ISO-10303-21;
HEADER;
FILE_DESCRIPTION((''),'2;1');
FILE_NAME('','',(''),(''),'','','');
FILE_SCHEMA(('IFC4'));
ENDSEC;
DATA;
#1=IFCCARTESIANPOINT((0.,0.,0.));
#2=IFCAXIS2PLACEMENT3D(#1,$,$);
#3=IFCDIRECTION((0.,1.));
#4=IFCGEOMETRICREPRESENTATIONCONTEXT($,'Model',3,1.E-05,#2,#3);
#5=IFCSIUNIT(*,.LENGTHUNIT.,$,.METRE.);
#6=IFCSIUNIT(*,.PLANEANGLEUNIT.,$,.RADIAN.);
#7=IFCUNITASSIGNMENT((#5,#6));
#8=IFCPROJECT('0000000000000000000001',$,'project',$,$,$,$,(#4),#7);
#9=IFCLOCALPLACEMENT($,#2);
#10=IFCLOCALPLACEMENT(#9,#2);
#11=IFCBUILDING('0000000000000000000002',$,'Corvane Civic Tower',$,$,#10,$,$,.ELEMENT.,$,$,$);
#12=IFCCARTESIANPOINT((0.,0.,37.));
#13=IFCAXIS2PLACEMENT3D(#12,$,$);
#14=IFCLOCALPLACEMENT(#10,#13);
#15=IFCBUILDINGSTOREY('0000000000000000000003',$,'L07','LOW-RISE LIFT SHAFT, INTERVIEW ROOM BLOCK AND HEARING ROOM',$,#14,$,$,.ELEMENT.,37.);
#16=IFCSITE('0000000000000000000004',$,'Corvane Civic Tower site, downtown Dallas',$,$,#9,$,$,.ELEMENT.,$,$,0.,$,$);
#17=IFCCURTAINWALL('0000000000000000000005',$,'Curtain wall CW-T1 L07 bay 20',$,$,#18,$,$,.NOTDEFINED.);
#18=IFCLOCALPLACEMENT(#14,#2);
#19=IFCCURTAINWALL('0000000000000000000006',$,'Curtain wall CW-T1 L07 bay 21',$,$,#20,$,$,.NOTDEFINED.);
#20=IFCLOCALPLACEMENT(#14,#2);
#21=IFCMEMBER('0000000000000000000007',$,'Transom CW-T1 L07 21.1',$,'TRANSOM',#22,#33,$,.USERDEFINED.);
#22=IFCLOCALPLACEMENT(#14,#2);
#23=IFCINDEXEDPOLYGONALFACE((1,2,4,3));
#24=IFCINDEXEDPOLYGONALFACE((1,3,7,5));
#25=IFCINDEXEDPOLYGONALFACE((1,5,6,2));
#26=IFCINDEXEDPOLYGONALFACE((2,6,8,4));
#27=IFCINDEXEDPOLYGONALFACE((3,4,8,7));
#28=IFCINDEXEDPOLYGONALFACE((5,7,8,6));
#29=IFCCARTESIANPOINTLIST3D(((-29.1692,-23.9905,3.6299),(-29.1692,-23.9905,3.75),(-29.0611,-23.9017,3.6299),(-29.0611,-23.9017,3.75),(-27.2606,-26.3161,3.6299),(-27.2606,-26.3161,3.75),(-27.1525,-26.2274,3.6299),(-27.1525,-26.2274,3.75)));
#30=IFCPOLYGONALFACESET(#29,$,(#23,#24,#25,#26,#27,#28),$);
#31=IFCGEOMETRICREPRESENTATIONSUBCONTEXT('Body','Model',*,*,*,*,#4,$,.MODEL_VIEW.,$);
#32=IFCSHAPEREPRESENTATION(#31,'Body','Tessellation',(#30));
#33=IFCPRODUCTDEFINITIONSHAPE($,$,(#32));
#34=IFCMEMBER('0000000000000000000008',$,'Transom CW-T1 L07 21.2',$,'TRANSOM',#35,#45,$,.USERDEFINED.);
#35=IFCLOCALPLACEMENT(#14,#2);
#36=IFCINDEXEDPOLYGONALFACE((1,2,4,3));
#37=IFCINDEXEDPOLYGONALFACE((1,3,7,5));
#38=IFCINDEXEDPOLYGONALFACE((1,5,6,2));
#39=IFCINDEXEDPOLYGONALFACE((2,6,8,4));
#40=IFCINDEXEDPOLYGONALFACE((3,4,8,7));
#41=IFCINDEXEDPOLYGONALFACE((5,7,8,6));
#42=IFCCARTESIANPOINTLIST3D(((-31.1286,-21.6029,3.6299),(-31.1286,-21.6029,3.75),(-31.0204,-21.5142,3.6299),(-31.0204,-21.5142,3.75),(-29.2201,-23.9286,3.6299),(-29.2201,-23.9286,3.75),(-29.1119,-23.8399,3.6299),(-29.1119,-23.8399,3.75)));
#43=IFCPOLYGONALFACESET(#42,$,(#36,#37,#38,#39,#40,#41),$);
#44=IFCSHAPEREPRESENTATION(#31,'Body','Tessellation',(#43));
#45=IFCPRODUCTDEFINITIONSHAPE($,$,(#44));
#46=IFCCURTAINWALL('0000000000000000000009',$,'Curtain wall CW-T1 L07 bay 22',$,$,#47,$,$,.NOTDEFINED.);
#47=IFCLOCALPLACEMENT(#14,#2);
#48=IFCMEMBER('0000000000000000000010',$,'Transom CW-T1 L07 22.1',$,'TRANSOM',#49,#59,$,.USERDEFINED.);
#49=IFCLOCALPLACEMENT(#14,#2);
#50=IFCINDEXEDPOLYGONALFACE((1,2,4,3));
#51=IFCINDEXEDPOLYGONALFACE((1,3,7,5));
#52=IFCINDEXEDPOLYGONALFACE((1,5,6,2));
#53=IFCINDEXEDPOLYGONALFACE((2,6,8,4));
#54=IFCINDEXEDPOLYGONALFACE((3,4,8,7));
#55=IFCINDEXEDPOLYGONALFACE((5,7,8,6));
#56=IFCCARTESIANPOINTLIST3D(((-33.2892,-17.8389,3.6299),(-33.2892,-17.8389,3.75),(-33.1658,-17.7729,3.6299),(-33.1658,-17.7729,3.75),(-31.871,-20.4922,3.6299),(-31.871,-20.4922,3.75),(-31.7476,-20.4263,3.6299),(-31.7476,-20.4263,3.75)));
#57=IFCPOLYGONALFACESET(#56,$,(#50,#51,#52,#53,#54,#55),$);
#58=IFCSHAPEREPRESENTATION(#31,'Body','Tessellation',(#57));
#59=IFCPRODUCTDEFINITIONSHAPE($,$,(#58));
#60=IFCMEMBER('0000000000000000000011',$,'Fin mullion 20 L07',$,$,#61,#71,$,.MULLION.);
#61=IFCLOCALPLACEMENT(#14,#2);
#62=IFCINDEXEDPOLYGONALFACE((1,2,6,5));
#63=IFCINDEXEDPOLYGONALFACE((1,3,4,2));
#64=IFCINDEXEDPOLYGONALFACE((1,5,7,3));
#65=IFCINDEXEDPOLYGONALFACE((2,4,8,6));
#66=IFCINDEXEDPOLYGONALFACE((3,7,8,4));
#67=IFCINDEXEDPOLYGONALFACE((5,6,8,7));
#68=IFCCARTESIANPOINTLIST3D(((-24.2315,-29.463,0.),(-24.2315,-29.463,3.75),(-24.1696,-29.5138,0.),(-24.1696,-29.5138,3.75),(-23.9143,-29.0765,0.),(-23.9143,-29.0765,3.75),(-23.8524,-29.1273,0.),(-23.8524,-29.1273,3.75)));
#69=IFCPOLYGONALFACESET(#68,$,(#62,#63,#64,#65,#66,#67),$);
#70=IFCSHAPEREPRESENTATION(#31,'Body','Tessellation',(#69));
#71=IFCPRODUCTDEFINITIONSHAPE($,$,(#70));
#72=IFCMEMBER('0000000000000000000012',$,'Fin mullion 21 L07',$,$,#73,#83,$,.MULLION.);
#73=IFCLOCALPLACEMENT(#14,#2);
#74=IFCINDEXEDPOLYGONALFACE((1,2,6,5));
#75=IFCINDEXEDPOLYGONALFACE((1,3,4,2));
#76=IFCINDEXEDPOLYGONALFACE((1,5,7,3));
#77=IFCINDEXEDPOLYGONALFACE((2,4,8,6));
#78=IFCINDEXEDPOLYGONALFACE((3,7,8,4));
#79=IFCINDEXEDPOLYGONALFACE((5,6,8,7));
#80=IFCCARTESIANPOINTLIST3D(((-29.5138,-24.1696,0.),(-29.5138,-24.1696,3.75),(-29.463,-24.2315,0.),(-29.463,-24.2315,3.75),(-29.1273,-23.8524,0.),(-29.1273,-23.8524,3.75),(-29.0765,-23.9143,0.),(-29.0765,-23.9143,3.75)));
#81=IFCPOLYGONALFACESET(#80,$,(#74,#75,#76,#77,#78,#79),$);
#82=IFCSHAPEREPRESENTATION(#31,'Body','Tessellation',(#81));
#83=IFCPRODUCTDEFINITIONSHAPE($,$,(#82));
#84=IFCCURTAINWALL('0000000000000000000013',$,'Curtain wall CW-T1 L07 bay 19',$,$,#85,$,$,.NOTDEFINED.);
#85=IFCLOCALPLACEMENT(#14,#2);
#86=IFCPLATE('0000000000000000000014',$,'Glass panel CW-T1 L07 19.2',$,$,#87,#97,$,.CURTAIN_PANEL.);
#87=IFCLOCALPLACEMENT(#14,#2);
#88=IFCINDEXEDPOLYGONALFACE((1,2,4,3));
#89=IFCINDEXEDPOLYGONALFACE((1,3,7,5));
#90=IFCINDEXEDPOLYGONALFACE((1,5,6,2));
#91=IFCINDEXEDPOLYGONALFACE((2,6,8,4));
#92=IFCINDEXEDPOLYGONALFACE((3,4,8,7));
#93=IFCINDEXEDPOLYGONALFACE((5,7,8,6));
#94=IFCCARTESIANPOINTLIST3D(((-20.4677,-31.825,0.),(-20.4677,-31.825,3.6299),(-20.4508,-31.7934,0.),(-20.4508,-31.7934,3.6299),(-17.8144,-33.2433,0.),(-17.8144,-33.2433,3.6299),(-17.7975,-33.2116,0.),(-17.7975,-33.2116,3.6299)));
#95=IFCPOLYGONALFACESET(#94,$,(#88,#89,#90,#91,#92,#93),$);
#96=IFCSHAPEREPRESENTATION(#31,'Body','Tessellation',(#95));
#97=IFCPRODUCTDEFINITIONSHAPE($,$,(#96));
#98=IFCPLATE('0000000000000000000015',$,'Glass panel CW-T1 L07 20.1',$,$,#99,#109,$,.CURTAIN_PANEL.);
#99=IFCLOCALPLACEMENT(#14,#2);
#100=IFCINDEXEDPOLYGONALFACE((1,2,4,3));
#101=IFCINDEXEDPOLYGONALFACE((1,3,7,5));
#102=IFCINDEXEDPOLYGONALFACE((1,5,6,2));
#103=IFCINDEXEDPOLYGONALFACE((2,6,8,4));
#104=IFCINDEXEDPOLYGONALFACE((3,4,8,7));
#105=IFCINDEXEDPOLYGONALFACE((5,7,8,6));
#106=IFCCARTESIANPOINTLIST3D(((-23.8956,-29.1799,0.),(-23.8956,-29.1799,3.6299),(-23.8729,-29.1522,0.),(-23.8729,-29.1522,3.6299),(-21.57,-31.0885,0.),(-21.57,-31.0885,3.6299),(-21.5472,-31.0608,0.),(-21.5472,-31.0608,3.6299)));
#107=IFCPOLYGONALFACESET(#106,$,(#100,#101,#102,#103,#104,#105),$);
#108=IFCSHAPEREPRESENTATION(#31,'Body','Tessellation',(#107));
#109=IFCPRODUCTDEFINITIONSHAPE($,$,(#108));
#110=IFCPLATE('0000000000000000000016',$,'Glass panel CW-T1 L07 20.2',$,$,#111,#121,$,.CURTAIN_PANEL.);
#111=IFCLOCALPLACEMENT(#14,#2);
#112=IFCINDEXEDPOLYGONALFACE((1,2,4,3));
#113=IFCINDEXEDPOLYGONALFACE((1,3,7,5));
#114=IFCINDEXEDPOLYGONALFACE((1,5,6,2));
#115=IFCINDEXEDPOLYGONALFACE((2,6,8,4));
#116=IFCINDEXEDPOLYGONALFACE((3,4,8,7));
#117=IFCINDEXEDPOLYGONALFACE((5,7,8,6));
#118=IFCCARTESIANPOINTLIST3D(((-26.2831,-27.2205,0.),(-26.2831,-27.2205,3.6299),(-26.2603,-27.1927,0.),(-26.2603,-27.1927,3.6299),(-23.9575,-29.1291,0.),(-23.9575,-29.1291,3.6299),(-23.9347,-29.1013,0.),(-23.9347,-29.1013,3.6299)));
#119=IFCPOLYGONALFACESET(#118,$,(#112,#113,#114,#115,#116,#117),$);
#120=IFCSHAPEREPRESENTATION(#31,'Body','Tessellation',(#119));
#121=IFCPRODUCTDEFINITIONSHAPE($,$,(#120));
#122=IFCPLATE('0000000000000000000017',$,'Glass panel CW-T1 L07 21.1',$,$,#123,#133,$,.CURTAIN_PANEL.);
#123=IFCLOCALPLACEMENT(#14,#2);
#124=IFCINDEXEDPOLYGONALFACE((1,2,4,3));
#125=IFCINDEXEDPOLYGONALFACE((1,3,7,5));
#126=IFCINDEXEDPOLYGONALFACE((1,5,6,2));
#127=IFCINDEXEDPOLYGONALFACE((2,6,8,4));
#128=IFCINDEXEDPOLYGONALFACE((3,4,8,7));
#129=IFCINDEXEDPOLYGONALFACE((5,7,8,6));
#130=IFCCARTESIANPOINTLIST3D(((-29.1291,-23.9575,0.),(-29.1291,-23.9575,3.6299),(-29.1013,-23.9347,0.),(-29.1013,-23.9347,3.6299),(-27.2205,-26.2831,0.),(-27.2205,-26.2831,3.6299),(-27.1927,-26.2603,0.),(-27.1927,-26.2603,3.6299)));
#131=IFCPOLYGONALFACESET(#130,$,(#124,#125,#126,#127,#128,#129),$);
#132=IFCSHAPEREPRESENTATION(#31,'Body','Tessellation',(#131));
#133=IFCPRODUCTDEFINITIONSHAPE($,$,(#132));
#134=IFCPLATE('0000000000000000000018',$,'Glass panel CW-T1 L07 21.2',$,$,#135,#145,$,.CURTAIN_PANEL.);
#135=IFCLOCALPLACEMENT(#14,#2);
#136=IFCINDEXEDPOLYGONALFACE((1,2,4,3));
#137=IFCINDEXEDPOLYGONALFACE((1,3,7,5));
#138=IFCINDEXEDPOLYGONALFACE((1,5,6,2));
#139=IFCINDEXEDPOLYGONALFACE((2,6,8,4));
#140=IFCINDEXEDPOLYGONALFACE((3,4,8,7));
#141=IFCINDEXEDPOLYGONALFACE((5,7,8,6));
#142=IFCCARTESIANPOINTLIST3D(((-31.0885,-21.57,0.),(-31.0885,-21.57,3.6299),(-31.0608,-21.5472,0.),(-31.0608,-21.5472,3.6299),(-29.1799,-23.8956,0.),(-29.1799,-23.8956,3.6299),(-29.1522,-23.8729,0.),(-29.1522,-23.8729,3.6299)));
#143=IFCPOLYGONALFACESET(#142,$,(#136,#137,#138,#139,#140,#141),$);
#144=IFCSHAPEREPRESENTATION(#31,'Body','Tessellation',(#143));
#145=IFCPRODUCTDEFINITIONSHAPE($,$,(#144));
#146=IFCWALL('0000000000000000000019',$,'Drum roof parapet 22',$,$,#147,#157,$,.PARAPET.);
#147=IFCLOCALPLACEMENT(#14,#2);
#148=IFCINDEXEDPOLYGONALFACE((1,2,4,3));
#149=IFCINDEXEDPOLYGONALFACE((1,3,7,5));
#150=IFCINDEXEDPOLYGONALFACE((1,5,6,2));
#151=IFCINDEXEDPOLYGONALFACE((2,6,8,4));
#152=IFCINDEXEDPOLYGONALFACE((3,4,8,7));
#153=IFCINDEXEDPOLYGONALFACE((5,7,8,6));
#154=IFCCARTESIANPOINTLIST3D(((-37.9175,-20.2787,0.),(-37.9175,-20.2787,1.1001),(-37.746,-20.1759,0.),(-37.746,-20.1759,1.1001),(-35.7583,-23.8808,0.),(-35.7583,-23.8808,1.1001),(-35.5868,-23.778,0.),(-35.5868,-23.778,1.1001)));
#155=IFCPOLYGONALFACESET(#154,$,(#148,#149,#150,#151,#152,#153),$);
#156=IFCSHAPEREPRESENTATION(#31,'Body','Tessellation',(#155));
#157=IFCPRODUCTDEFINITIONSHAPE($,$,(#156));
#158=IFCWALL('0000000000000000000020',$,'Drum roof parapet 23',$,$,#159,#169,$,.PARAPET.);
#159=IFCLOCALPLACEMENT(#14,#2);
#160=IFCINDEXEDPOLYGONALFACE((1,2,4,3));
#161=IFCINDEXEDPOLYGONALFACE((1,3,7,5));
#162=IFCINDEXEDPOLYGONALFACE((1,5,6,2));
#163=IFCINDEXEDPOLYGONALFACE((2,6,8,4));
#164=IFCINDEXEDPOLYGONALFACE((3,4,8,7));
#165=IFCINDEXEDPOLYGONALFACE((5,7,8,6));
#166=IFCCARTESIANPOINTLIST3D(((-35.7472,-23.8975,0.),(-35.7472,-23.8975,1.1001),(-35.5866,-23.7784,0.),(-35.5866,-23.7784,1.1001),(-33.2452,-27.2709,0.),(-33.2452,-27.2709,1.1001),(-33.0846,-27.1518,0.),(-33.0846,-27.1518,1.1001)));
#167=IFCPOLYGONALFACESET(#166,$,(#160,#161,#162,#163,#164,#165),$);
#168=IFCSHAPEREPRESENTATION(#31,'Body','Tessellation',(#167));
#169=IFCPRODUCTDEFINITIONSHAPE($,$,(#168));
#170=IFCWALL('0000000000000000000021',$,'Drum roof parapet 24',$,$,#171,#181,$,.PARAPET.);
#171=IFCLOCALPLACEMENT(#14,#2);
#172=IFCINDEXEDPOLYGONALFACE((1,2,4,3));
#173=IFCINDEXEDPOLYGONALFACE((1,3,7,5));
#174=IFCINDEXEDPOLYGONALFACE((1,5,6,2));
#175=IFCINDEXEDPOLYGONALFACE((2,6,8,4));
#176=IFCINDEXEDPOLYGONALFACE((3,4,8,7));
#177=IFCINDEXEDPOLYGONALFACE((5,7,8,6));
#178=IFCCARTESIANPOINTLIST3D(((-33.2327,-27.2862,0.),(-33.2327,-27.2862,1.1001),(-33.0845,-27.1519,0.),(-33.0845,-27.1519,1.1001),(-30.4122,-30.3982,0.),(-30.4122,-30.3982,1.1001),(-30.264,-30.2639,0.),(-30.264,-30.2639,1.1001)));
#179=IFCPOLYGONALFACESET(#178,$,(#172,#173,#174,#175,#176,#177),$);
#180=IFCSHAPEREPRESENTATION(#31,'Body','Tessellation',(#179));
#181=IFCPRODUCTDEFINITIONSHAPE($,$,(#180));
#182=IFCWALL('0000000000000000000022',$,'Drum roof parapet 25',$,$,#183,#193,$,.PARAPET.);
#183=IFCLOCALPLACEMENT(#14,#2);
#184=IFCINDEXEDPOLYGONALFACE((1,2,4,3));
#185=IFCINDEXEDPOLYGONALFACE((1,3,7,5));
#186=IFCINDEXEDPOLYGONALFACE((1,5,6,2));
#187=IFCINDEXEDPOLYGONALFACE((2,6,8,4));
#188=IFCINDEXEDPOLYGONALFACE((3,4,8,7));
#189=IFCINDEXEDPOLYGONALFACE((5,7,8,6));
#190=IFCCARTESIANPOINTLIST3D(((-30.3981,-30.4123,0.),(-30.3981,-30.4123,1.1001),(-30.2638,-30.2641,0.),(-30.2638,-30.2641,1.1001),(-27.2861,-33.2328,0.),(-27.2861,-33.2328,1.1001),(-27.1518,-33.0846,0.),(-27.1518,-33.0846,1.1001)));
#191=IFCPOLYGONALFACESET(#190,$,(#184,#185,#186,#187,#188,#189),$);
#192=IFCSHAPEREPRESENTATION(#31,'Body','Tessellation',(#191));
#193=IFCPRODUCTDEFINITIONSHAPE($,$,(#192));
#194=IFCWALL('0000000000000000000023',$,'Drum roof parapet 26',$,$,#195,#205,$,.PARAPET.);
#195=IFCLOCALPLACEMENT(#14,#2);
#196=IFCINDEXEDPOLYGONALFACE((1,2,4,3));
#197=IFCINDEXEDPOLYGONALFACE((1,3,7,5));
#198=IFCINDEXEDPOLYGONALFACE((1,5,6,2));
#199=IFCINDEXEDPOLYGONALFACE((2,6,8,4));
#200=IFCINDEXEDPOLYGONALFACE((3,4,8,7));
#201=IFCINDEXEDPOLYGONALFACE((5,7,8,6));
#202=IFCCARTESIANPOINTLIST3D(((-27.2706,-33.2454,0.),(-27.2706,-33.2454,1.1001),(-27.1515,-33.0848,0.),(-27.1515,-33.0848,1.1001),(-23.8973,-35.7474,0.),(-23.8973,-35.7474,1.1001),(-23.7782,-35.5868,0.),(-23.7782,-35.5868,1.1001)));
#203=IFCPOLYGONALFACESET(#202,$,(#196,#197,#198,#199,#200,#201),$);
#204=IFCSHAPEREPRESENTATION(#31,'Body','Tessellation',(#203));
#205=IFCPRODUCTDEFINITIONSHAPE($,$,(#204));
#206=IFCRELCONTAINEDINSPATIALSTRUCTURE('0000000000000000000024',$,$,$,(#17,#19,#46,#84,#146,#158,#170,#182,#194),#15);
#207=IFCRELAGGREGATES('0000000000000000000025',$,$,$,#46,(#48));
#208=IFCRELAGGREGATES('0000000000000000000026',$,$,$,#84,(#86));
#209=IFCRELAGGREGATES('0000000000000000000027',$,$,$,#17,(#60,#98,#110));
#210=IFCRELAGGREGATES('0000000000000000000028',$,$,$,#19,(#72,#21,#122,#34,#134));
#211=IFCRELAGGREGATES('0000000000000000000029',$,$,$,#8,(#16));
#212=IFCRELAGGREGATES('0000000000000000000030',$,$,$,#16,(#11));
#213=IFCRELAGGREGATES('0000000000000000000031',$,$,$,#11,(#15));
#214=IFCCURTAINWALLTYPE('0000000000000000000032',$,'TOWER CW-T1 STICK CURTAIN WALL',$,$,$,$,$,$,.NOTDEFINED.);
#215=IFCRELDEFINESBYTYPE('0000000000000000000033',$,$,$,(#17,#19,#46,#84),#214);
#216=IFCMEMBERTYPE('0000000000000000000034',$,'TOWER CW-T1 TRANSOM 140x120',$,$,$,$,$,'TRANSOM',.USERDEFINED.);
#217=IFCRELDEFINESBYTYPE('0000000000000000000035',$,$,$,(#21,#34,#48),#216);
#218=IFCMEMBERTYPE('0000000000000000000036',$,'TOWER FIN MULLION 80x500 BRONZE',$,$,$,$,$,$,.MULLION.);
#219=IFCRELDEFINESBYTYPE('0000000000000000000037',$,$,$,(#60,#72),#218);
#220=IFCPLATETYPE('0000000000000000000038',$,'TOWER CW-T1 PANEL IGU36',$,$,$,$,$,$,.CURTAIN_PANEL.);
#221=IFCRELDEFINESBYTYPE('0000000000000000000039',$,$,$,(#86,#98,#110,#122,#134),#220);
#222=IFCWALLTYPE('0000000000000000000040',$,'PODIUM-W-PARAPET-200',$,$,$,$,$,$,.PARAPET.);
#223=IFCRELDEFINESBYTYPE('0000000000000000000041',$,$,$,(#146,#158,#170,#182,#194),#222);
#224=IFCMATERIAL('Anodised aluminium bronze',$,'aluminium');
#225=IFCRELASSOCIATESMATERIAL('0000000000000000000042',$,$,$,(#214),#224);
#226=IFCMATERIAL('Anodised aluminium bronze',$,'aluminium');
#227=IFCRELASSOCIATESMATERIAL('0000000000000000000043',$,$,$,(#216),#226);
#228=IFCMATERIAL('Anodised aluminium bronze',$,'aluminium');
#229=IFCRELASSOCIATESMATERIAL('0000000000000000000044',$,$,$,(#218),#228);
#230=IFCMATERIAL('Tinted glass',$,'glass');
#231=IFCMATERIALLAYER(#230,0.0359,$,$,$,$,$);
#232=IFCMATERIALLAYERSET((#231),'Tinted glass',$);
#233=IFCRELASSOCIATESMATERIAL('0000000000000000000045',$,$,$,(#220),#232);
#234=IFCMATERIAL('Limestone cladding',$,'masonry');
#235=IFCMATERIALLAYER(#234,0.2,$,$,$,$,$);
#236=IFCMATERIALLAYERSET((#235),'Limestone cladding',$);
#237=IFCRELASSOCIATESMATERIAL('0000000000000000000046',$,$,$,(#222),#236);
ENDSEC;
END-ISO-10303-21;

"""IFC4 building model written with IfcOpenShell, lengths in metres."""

from ifc_helpers import new_model, si_unit, direction, frame, frame_2d, origin, origin_2d, place, context, subcontext, project, spatial, rectangle, extrude, material, layer, layer_set, material_profile, profile_set, type_object, element, aggregate, save


model = new_model("IFC4")

# Units and contexts
model_context = context("Model", 3, precision=1e-05, world=origin(), true_north=direction((0.0, 1.0)))
body_context = subcontext(model_context, "Body", "Model", "MODEL_VIEW")
ifc_project = project(units=[si_unit("LENGTHUNIT", "METRE"), si_unit("PLANEANGLEUNIT", "RADIAN")], contexts=[model_context])

# Site, building, storey
site_placement = place(None, origin())
site = spatial("IfcSite", under=ifc_project, at=site_placement, Name="Corvane Civic Tower site, downtown Dallas", CompositionType="ELEMENT", RefElevation=0.0)
building_placement = place(site_placement, origin())
building = spatial("IfcBuilding", under=site, at=building_placement, Name="Corvane Civic Tower", CompositionType="ELEMENT")
storey_placement = place(building_placement, frame((0.0, 0.0, 37.0)))
storey = spatial("IfcBuildingStorey", under=building, at=storey_placement, Name="L07", Description="LOW-RISE LIFT SHAFT, INTERVIEW ROOM BLOCK AND HEARING ROOM", CompositionType="ELEMENT", Elevation=37.0)

# Curtain walls, members
ifc_material_1 = material(Name="Anodised aluminium bronze", Category="aluminium")
curtain_wall_type = type_object("IfcCurtainWallType", Name="TOWER CW-T1 STICK CURTAIN WALL", PredefinedType="NOTDEFINED", material=ifc_material_1)
curtain_wall_1_placement = place(storey_placement, origin())
curtain_wall_1 = element("IfcCurtainWall", 1, at=curtain_wall_1_placement, inside=storey, type_object=curtain_wall_type, Name="Curtain wall CW-T1 L07 bay 20", PredefinedType="NOTDEFINED")
ifc_material_2 = material(Name="Anodised aluminium bronze", Category="aluminium")
ifc_material_profile_1 = material_profile(ifc_material_2, rectangle(XDim=0.1399, YDim=0.1201, at=origin_2d()), Name="TOWER CW-T1 TRANSOM 140x120")
ifc_profile_set_1 = profile_set([ifc_material_profile_1], Name="Anodised aluminium bronze")
member_type_1 = type_object("IfcMemberType", Name="TOWER CW-T1 TRANSOM 140x120", ElementType="TRANSOM", PredefinedType="USERDEFINED", material=ifc_profile_set_1)
curtain_wall_2_placement = place(storey_placement, origin())
curtain_wall_2 = element("IfcCurtainWall", 2, at=curtain_wall_2_placement, inside=storey, type_object=curtain_wall_type, Name="Curtain wall CW-T1 L07 bay 21", PredefinedType="NOTDEFINED")
member_1_placement = place(storey_placement, frame((-27.2065, -26.2717, 3.6899), z_axis=(-0.634404, 0.773002, 0.0), x_axis=(-0.773002, -0.634404, 0.0)))
member_1 = element("IfcMember", 3, at=member_1_placement, type_object=member_type_1, Name="Transom CW-T1 L07 21.1", ObjectType="TRANSOM", PredefinedType="USERDEFINED", context=body_context, shape_type="SweptSolid", body=[
    extrude(rectangle(XDim=0.1399, YDim=0.1201, at=origin_2d()), origin(), (0.0, 0.0, 1.0), 3.0085),
])
member_2_placement = place(storey_placement, frame((-29.166, -23.8843, 3.6899), z_axis=(-0.634355, 0.773042, 0.0), x_axis=(-0.773042, -0.634355, 0.0)))
member_2 = element("IfcMember", 4, at=member_2_placement, type_object=member_type_1, Name="Transom CW-T1 L07 21.2", ObjectType="TRANSOM", PredefinedType="USERDEFINED", context=body_context, shape_type="SweptSolid", body=[
    extrude(rectangle(XDim=0.1399, YDim=0.1201, at=origin_2d()), origin(), (0.0, 0.0, 1.0), 3.0085),
])

# Curtain wall, member
curtain_wall_3_placement = place(storey_placement, origin())
curtain_wall_3 = element("IfcCurtainWall", 5, at=curtain_wall_3_placement, inside=storey, type_object=curtain_wall_type, Name="Curtain wall CW-T1 L07 bay 22", PredefinedType="NOTDEFINED")
member_3_placement = place(storey_placement, frame((-31.8093, -20.4592, 3.6899), z_axis=(-0.471393, 0.881924, 0.0), x_axis=(-0.881924, -0.471393, 0.0)))
member_3 = element("IfcMember", 6, at=member_3_placement, type_object=member_type_1, Name="Transom CW-T1 L07 22.1", ObjectType="TRANSOM", PredefinedType="USERDEFINED", context=body_context, shape_type="SweptSolid", body=[
    extrude(rectangle(XDim=0.1399, YDim=0.1201, at=origin_2d()), origin(), (0.0, 0.0, 1.0), 3.0085),
])
aggregate(curtain_wall_3, [member_3])

# Members
ifc_material_3 = material(Name="Anodised aluminium bronze", Category="aluminium")
ifc_material_profile_2 = material_profile(ifc_material_3, rectangle(XDim=0.0801, YDim=0.5, at=origin_2d()), Name="TOWER FIN MULLION 80x500 BRONZE")
ifc_profile_set_2 = profile_set([ifc_material_profile_2], Name="Anodised aluminium bronze")
member_type_2 = type_object("IfcMemberType", Name="TOWER FIN MULLION 80x500 BRONZE", PredefinedType="MULLION", material=ifc_profile_set_2)
member_4_placement = place(storey_placement, frame((-24.042, -29.2952, 0.0), z_axis=(0.0, 0.0, 1.0), x_axis=(-0.773007, 0.634397, 0.0)))
member_4 = element("IfcMember", 7, at=member_4_placement, type_object=member_type_2, Name="Fin mullion 20 L07", PredefinedType="MULLION", context=body_context, shape_type="SweptSolid", body=[
    extrude(rectangle(XDim=0.0801, YDim=0.5, at=origin_2d()), origin(), (0.0, 0.0, 1.0), 3.75),
])
member_5_placement = place(storey_placement, frame((-29.2952, -24.042, 0.0), z_axis=(0.0, 0.0, 1.0), x_axis=(-0.634397, 0.773007, 0.0)))
member_5 = element("IfcMember", 8, at=member_5_placement, type_object=member_type_2, Name="Fin mullion 21 L07", PredefinedType="MULLION", context=body_context, shape_type="SweptSolid", body=[
    extrude(rectangle(XDim=0.0801, YDim=0.5, at=origin_2d()), origin(), (0.0, 0.0, 1.0), 3.75),
])

# Curtain wall, plate
curtain_wall_4_placement = place(storey_placement, origin())
curtain_wall_4 = element("IfcCurtainWall", 9, at=curtain_wall_4_placement, inside=storey, type_object=curtain_wall_type, Name="Curtain wall CW-T1 L07 bay 19", PredefinedType="NOTDEFINED")
ifc_material_4 = material(Name="Tinted glass", Category="glass")
ifc_layer_1 = layer(ifc_material_4, 0.0359)
ifc_layer_set_1 = layer_set([ifc_layer_1], Name="Tinted glass")
plate_type = type_object("IfcPlateType", Name="TOWER CW-T1 PANEL IGU36", PredefinedType="CURTAIN_PANEL", material=ifc_layer_set_1)
plate_1_placement = place(storey_placement, frame((-19.1326, -32.5183, 0.0), z_axis=(0.0, 0.0, 1.0), x_axis=(-0.881918, 0.471404, 0.0)))
plate_1 = element("IfcPlate", 10, at=plate_1_placement, type_object=plate_type, Name="Glass panel CW-T1 L07 19.2", PredefinedType="CURTAIN_PANEL", context=body_context, shape_type="SweptSolid", body=[
    extrude(rectangle(XDim=3.0085, YDim=0.0359, at=origin_2d()), origin(), (0.0, 0.0, 1.0), 3.6299),
])
aggregate(curtain_wall_4, [plate_1])

# Plates
plate_2_placement = place(storey_placement, frame((-22.7214, -30.1204, 0.0), z_axis=(0.0, 0.0, 1.0), x_axis=(-0.773007, 0.634397, 0.0)))
plate_2 = element("IfcPlate", 11, at=plate_2_placement, type_object=plate_type, Name="Glass panel CW-T1 L07 20.1", PredefinedType="CURTAIN_PANEL", context=body_context, shape_type="SweptSolid", body=[
    extrude(rectangle(XDim=3.0085, YDim=0.0359, at=origin_2d()), origin(), (0.0, 0.0, 1.0), 3.6299),
])
plate_3_placement = place(storey_placement, frame((-25.1089, -28.1609, 0.0), z_axis=(0.0, 0.0, 1.0), x_axis=(-0.773007, 0.634397, 0.0)))
plate_3 = element("IfcPlate", 12, at=plate_3_placement, type_object=plate_type, Name="Glass panel CW-T1 L07 20.2", PredefinedType="CURTAIN_PANEL", context=body_context, shape_type="SweptSolid", body=[
    extrude(rectangle(XDim=3.0085, YDim=0.0359, at=origin_2d()), origin(), (0.0, 0.0, 1.0), 3.6299),
])
aggregate(curtain_wall_1, [member_4, plate_2, plate_3])
plate_4_placement = place(storey_placement, frame((-28.1609, -25.1089, 0.0), z_axis=(0.0, 0.0, 1.0), x_axis=(-0.634397, 0.773007, 0.0)))
plate_4 = element("IfcPlate", 13, at=plate_4_placement, type_object=plate_type, Name="Glass panel CW-T1 L07 21.1", PredefinedType="CURTAIN_PANEL", context=body_context, shape_type="SweptSolid", body=[
    extrude(rectangle(XDim=3.0085, YDim=0.0359, at=origin_2d()), origin(), (0.0, 0.0, 1.0), 3.6299),
])
plate_5_placement = place(storey_placement, frame((-30.1204, -22.7214, 0.0), z_axis=(0.0, 0.0, 1.0), x_axis=(-0.634397, 0.773007, 0.0)))
plate_5 = element("IfcPlate", 14, at=plate_5_placement, type_object=plate_type, Name="Glass panel CW-T1 L07 21.2", PredefinedType="CURTAIN_PANEL", context=body_context, shape_type="SweptSolid", body=[
    extrude(rectangle(XDim=3.0085, YDim=0.0359, at=origin_2d()), origin(), (0.0, 0.0, 1.0), 3.6299),
])
aggregate(curtain_wall_2, [member_5, member_1, plate_4, member_2, plate_5])

# Walls
ifc_material_5 = material(Name="Limestone cladding", Category="masonry")
ifc_layer_2 = layer(ifc_material_5, 0.2)
ifc_layer_set_2 = layer_set([ifc_layer_2], Name="Limestone cladding")
wall_type_1 = type_object("IfcWallType", Name="PODIUM-W-PARAPET-200", PredefinedType="PARAPET", material=ifc_layer_set_2)
wall_1_placement = place(storey_placement, frame((-37.8318, -20.2273, 0.0), z_axis=(0.0, 0.0, 1.0), x_axis=(0.514137, -0.857708, 0.0)))
element("IfcWall", 15, at=wall_1_placement, inside=storey, type_object=wall_type_1, Name="Drum roof parapet 22", PredefinedType="PARAPET", context=body_context, shape_type="SweptSolid", body=[
    extrude(rectangle(XDim=4.1997, YDim=0.2, at=frame_2d((2.0999, 0.0))), origin(), (0.0, 0.0, 1.0), 1.1001),
])
for number, where, z_axis, x_axis, name in (
    (16, (-35.667, -23.8379, 0.0), (0.0, 0.0, 1.0), (0.595722, -0.80319, 0.0), "Drum roof parapet 23"),
    (17, (-33.1587, -27.219, 0.0), (0.0, 0.0, 1.0), (0.671552, -0.740957, 0.0), "Drum roof parapet 24"),
    (18, (-30.3311, -30.3381, 0.0), (0.0, 0.0, 1.0), (0.740957, -0.671552, 0.0), "Drum roof parapet 25"),
    (19, (-27.2112, -33.165, 0.0), (0.0, 0.0, 1.0), (0.80319, -0.595722, 0.0), "Drum roof parapet 26"),
):
    element("IfcWall", number, at=place(storey_placement, frame(where, z_axis=z_axis, x_axis=x_axis)), inside=storey, type_object=wall_type_1, Name=name, PredefinedType="PARAPET", context=body_context, shape_type="SweptSolid", body=[
        extrude(rectangle(XDim=4.2, YDim=0.2, at=frame_2d((2.1001, 0.0))), origin(), (0.0, 0.0, 1.0), 1.1001),
    ])

save(model, "model.ifc")
